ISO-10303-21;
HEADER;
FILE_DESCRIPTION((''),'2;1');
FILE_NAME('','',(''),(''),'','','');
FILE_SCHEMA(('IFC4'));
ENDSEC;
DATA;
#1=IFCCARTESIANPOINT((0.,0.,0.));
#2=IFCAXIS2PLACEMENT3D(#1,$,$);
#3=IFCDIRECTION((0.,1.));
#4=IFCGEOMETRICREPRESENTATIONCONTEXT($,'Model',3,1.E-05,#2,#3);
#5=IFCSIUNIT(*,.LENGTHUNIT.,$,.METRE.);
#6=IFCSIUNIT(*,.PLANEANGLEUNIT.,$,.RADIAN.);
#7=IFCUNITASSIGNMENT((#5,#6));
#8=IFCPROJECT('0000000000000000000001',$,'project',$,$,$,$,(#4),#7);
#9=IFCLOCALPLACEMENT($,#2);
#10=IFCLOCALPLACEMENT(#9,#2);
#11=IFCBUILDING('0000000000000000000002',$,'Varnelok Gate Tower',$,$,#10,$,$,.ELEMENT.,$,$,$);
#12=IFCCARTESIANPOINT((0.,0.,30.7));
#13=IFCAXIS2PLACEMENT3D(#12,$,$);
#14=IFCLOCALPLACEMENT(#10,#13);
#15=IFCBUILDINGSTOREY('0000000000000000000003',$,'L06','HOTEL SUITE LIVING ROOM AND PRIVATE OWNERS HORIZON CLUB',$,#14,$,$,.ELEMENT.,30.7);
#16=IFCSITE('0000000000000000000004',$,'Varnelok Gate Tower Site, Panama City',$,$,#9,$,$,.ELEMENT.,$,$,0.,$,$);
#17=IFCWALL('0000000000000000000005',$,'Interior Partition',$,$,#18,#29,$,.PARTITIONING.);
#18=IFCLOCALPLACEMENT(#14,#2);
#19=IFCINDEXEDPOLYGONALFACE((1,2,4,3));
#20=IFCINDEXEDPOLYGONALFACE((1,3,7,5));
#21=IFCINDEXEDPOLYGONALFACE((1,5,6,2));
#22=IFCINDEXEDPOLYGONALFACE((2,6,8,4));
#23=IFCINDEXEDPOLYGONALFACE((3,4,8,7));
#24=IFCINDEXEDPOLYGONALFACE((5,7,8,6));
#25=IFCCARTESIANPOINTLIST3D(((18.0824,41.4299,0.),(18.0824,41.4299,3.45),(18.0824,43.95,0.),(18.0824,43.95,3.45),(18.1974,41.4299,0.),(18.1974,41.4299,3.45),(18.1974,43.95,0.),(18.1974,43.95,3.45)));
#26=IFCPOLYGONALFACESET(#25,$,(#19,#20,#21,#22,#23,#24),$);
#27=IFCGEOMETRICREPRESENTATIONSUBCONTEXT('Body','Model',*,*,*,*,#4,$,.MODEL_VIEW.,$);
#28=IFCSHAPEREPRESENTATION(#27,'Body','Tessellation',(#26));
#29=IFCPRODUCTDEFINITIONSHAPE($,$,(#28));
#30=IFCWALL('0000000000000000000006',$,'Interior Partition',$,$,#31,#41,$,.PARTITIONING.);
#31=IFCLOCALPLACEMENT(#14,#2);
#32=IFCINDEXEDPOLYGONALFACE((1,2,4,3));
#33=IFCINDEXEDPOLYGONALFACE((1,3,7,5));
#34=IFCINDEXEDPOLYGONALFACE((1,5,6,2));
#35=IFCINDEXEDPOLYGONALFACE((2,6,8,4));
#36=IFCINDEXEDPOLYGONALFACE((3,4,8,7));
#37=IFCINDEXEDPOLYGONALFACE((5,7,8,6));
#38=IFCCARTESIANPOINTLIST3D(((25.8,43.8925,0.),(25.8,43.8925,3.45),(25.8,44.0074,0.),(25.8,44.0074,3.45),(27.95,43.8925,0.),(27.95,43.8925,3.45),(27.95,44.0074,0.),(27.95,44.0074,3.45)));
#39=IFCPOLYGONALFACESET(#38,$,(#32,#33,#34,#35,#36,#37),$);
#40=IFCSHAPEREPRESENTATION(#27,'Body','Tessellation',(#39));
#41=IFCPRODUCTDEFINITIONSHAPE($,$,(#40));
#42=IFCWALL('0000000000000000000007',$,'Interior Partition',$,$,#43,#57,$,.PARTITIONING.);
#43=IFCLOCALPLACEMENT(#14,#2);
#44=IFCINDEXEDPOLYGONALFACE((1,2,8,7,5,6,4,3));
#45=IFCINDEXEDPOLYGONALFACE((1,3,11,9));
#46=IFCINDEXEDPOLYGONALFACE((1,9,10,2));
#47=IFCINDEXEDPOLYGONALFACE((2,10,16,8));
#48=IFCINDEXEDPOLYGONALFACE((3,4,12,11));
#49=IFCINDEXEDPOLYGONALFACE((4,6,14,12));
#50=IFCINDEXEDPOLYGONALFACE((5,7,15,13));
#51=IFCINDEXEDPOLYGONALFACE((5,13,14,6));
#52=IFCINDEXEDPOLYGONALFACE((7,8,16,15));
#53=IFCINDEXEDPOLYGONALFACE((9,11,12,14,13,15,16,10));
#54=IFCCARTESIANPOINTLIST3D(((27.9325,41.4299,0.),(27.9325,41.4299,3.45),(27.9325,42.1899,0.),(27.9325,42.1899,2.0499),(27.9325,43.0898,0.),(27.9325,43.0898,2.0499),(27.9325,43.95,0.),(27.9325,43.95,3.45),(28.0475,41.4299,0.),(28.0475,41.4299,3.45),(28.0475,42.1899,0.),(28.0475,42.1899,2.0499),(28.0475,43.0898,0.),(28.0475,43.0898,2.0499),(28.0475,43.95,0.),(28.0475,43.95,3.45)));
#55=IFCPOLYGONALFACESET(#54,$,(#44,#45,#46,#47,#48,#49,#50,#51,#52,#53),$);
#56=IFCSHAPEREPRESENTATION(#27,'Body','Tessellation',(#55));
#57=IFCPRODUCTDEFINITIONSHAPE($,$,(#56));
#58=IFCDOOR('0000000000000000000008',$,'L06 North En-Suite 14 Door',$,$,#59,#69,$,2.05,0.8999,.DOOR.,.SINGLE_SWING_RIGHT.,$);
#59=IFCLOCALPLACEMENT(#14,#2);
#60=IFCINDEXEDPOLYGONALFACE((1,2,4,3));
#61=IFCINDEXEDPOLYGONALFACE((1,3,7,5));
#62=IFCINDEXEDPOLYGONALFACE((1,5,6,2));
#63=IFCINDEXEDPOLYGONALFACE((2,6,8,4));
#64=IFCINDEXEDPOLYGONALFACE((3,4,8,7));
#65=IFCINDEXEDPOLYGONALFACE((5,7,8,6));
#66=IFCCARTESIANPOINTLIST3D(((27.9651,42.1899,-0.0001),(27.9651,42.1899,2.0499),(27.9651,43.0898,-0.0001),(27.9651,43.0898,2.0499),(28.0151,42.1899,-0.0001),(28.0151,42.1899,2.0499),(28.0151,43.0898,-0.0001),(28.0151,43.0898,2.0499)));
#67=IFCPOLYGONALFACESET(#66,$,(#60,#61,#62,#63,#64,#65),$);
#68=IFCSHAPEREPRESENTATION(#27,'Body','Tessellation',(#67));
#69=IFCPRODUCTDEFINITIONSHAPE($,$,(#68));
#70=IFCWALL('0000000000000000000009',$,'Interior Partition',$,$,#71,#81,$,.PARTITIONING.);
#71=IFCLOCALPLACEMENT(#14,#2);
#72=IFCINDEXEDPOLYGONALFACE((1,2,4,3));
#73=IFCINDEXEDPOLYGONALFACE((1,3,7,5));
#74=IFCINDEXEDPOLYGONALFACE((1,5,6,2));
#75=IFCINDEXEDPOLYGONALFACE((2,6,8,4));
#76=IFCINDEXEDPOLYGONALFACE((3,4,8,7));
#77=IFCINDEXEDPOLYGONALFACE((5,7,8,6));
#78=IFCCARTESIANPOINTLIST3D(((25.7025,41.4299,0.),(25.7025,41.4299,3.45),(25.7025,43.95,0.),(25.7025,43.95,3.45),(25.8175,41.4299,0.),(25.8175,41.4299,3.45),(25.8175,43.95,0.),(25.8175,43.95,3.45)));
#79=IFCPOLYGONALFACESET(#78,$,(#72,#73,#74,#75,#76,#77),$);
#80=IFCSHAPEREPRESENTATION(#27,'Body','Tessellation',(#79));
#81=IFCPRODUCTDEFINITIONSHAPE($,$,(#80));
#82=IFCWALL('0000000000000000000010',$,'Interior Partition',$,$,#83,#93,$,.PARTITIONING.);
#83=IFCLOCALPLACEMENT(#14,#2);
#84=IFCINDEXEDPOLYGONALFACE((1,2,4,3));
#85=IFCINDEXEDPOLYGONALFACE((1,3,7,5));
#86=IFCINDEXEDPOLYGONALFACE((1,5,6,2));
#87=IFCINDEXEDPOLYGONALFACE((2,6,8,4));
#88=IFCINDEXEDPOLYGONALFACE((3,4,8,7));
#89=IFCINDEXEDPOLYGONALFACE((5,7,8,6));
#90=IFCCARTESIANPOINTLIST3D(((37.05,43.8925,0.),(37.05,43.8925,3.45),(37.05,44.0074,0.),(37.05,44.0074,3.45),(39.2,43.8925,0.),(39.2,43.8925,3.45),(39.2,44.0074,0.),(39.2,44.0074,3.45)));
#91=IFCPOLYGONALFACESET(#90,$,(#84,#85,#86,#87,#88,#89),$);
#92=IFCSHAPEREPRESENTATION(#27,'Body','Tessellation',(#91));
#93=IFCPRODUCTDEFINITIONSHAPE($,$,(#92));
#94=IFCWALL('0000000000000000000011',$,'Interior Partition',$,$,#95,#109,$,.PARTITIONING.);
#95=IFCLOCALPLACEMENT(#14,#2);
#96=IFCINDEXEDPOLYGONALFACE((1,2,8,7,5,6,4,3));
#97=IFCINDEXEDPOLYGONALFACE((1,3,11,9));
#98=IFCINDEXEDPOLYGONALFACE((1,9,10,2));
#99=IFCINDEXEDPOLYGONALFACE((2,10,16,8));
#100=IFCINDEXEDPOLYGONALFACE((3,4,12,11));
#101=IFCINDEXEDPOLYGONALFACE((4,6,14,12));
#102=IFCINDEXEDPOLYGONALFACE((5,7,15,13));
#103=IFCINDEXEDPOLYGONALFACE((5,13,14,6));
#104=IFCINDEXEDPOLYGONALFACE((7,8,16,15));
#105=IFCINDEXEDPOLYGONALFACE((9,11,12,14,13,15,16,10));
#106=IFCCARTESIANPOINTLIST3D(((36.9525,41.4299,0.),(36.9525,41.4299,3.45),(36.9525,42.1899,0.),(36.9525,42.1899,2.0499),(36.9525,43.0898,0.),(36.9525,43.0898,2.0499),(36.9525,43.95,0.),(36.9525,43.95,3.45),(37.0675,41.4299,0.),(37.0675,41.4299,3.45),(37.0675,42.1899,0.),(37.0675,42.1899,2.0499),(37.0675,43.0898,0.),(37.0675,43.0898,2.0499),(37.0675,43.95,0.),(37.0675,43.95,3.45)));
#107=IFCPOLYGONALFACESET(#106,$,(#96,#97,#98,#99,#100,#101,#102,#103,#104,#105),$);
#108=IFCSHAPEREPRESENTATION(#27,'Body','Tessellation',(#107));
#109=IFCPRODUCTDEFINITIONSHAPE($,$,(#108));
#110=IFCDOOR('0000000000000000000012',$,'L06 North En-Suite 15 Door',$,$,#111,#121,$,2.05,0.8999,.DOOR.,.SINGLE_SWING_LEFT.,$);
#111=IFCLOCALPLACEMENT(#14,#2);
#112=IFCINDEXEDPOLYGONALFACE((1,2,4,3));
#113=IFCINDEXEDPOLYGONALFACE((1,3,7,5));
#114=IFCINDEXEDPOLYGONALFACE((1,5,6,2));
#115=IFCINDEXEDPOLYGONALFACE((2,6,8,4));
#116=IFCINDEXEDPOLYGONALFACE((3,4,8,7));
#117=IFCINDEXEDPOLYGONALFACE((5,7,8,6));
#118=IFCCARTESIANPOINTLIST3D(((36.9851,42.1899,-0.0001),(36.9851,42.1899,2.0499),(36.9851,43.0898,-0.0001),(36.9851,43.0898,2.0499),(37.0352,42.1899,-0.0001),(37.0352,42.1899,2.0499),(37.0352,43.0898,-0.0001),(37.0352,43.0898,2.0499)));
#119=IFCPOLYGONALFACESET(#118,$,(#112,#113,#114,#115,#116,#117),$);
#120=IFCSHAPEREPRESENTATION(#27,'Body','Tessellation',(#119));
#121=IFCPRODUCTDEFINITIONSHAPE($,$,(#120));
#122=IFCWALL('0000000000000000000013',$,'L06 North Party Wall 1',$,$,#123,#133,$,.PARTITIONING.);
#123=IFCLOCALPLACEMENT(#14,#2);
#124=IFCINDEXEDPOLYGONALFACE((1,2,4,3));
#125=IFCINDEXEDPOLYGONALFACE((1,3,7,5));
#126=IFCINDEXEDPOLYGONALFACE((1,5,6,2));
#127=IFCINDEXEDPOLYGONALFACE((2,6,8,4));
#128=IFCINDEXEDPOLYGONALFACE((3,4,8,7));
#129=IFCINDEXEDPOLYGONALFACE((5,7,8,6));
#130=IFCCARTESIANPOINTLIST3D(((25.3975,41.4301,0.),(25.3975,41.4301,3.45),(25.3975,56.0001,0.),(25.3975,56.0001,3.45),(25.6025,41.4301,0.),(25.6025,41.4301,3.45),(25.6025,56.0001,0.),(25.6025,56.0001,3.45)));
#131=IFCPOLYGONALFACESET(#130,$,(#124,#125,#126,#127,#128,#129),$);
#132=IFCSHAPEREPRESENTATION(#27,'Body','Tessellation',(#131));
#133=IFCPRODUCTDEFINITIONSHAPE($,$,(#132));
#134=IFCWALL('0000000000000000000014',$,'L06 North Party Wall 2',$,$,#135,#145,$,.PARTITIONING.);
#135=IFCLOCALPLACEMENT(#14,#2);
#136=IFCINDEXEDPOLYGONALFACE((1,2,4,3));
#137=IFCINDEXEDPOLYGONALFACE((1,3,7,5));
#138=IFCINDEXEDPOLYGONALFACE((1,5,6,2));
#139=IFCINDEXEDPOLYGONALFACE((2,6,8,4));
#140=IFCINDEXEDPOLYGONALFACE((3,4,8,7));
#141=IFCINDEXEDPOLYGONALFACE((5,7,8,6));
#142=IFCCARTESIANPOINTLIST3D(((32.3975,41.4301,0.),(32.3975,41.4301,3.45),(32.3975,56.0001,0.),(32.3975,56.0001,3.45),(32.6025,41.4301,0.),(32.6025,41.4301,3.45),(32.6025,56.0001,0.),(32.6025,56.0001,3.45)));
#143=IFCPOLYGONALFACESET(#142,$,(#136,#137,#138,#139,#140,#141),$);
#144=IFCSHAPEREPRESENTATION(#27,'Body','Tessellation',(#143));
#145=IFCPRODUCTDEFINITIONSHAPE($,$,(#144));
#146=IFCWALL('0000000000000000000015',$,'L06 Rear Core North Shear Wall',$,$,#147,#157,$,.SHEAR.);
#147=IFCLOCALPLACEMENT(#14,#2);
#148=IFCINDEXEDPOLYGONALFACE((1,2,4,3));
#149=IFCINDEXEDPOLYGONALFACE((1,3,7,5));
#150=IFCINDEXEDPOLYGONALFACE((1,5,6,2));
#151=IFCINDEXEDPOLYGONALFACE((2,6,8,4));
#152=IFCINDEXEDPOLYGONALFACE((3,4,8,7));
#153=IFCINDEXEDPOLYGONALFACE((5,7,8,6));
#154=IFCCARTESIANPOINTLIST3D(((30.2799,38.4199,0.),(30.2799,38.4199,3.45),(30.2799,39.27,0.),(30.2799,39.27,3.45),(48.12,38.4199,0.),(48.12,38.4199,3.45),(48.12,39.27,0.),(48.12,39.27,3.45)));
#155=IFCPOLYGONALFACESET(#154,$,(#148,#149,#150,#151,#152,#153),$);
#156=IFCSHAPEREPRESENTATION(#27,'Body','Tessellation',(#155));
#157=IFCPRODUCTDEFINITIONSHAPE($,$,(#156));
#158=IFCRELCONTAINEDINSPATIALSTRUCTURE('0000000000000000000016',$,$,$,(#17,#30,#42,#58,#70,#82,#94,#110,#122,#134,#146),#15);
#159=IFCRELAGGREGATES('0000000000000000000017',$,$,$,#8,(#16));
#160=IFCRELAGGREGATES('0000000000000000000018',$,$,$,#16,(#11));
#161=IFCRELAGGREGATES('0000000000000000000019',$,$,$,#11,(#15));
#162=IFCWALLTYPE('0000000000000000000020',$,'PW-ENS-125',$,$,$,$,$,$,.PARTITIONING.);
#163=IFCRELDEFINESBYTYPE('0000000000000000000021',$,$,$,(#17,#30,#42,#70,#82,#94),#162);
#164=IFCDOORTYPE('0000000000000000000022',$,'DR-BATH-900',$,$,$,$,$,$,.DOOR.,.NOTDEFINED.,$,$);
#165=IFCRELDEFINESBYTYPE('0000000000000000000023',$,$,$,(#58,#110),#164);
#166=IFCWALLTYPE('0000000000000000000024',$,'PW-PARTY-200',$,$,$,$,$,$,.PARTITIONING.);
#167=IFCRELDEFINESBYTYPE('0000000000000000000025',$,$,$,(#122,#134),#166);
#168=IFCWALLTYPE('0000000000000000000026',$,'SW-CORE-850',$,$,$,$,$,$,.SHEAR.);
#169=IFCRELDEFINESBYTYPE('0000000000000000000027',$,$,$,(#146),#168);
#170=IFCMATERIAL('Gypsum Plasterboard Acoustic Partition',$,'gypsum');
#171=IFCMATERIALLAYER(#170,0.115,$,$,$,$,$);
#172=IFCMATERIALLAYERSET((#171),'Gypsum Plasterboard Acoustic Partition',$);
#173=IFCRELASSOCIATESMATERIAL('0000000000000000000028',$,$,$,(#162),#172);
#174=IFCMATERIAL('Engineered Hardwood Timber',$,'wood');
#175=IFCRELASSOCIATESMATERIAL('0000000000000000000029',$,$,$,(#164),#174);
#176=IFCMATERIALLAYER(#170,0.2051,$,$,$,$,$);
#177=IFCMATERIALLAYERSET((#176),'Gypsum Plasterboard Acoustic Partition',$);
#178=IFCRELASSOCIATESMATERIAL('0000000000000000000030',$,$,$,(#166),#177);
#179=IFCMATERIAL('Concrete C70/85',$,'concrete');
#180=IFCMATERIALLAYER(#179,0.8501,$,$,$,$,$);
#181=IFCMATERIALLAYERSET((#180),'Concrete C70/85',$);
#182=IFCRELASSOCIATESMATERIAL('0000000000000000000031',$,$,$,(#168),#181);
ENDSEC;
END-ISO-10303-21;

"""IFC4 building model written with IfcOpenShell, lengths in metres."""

from ifc_helpers import new_model, si_unit, direction, frame, frame_2d, origin, place, context, subcontext, project, spatial, rectangle, extrude, material, layer, layer_set, type_object, element, fill, save


model = new_model("IFC4")

# Units and contexts
model_context = context("Model", 3, precision=1e-05, world=origin(), true_north=direction((0.0, 1.0)))
body_context = subcontext(model_context, "Body", "Model", "MODEL_VIEW")
ifc_project = project(units=[si_unit("LENGTHUNIT", "METRE"), si_unit("PLANEANGLEUNIT", "RADIAN")], contexts=[model_context])

# Site, building, storey
site_placement = place(None, origin())
site = spatial("IfcSite", under=ifc_project, at=site_placement, Name="Varnelok Gate Tower Site, Panama City", CompositionType="ELEMENT", RefElevation=0.0)
building_placement = place(site_placement, origin())
building = spatial("IfcBuilding", under=site, at=building_placement, Name="Varnelok Gate Tower", CompositionType="ELEMENT")
storey_placement = place(building_placement, frame((0.0, 0.0, 30.7)))
storey = spatial("IfcBuildingStorey", under=building, at=storey_placement, Name="L06", Description="HOTEL SUITE LIVING ROOM AND PRIVATE OWNERS HORIZON CLUB", CompositionType="ELEMENT", Elevation=30.7)

# Shared definitions
ifc_material_1 = material(Name="Concrete C70/85", Category="concrete")

# Shared definitions
ifc_material_2 = material(Name="Gypsum Plasterboard Acoustic Partition", Category="gypsum")
ifc_material_3 = material(Name="Engineered Hardwood Timber", Category="wood")

# Shared definitions
ifc_layer_1 = layer(ifc_material_2, 0.115)
ifc_layer_set_1 = layer_set([ifc_layer_1], Name="Gypsum Plasterboard Acoustic Partition")
wall_type_1 = type_object("IfcWallType", Name="PW-ENS-125", PredefinedType="PARTITIONING", material=ifc_layer_set_1)

# Shared definitions
door_type_1 = type_object("IfcDoorType", Name="DR-BATH-900", OperationType="NOTDEFINED", PredefinedType="DOOR", material=ifc_material_3)

# Walls
wall_1_placement = place(storey_placement, frame((18.1399, 41.4299, 0.0), z_axis=(0.0, 0.0, 1.0), x_axis=(0.0, 1.0, 0.0)))
element("IfcWall", 1, at=wall_1_placement, inside=storey, type_object=wall_type_1, Name="Interior Partition", PredefinedType="PARTITIONING", context=body_context, shape_type="SweptSolid", body=[
    extrude(rectangle(XDim=2.52, YDim=0.115, at=frame_2d((1.26, 0.0))), origin(), (0.0, 0.0, 1.0), 3.45),
])
wall_2_placement = place(storey_placement, frame((25.8, 43.95, 0.0), z_axis=(0.0, 0.0, 1.0), x_axis=(1.0, 0.0, 0.0)))
element("IfcWall", 2, at=wall_2_placement, inside=storey, type_object=wall_type_1, Name="Interior Partition", PredefinedType="PARTITIONING", context=body_context, shape_type="SweptSolid", body=[
    extrude(rectangle(XDim=2.1499, YDim=0.115, at=frame_2d((1.075, 0.0))), origin(), (0.0, 0.0, 1.0), 3.45),
])

# Wall, opening, door
wall_3_placement = place(storey_placement, frame((27.99, 41.4299, 0.0), z_axis=(0.0, 0.0, 1.0), x_axis=(0.0, 1.0, 0.0)))
wall_3 = element("IfcWall", 3, at=wall_3_placement, inside=storey, type_object=wall_type_1, Name="Interior Partition", PredefinedType="PARTITIONING", context=body_context, shape_type="SweptSolid", body=[
    extrude(rectangle(XDim=2.52, YDim=0.115, at=frame_2d((1.26, 0.0))), origin(), (0.0, 0.0, 1.0), 3.45),
])
opening_1_placement = place(wall_3_placement, frame((0.76, 0.0, 0.0)))
opening_1 = element("IfcOpeningElement", 4, at=opening_1_placement, cuts=wall_3, PredefinedType="OPENING", context=body_context, shape_type="SweptSolid", body=[
    extrude(rectangle(XDim=0.8999, YDim=2.05, at=frame_2d((0.45, 1.0249))), frame((0.0, 0.0674, 0.0), z_axis=(0.0, -1.0, 0.0), x_axis=(1.0, 0.0, 0.0)), (0.0, 0.0, 1.0), 0.135),
])
door_1_placement = place(opening_1_placement, origin())
door_1 = element("IfcDoor", 5, at=door_1_placement, inside=storey, type_object=door_type_1, Name="L06 North En-Suite 14 Door", OperationType="SINGLE_SWING_RIGHT", OverallHeight=2.05, OverallWidth=0.8999, PredefinedType="DOOR", context=body_context, shape_type="SweptSolid", body=[
    extrude(rectangle(XDim=0.8999, YDim=2.05, at=frame_2d((0.45, 1.0249))), frame((0.0, 0.0249, 0.0), z_axis=(0.0, -1.0, 0.0), x_axis=(1.0, 0.0, 0.0)), (0.0, 0.0, 1.0), 0.05),
])
fill(opening_1, door_1)

# Walls
wall_4_placement = place(storey_placement, frame((25.76, 41.4299, 0.0), z_axis=(0.0, 0.0, 1.0), x_axis=(0.0, 1.0, 0.0)))
element("IfcWall", 6, at=wall_4_placement, inside=storey, type_object=wall_type_1, Name="Interior Partition", PredefinedType="PARTITIONING", context=body_context, shape_type="SweptSolid", body=[
    extrude(rectangle(XDim=2.52, YDim=0.115, at=frame_2d((1.26, 0.0))), origin(), (0.0, 0.0, 1.0), 3.45),
])
wall_5_placement = place(storey_placement, frame((37.05, 43.95, 0.0), z_axis=(0.0, 0.0, 1.0), x_axis=(1.0, 0.0, 0.0)))
element("IfcWall", 7, at=wall_5_placement, inside=storey, type_object=wall_type_1, Name="Interior Partition", PredefinedType="PARTITIONING", context=body_context, shape_type="SweptSolid", body=[
    extrude(rectangle(XDim=2.1499, YDim=0.115, at=frame_2d((1.075, 0.0))), origin(), (0.0, 0.0, 1.0), 3.45),
])

# Wall, opening, door
wall_6_placement = place(storey_placement, frame((37.01, 41.4299, 0.0), z_axis=(0.0, 0.0, 1.0), x_axis=(0.0, 1.0, 0.0)))
wall_6 = element("IfcWall", 8, at=wall_6_placement, inside=storey, type_object=wall_type_1, Name="Interior Partition", PredefinedType="PARTITIONING", context=body_context, shape_type="SweptSolid", body=[
    extrude(rectangle(XDim=2.52, YDim=0.115, at=frame_2d((1.26, 0.0))), origin(), (0.0, 0.0, 1.0), 3.45),
])
opening_2_placement = place(wall_6_placement, frame((0.76, 0.0, 0.0)))
opening_2 = element("IfcOpeningElement", 9, at=opening_2_placement, cuts=wall_6, PredefinedType="OPENING", context=body_context, shape_type="SweptSolid", body=[
    extrude(rectangle(XDim=0.8999, YDim=2.05, at=frame_2d((0.45, 1.0249))), frame((0.0, 0.0674, 0.0), z_axis=(0.0, -1.0, 0.0), x_axis=(1.0, 0.0, 0.0)), (0.0, 0.0, 1.0), 0.135),
])
door_2_placement = place(opening_2_placement, origin())
door_2 = element("IfcDoor", 10, at=door_2_placement, inside=storey, type_object=door_type_1, Name="L06 North En-Suite 15 Door", OperationType="SINGLE_SWING_LEFT", OverallHeight=2.05, OverallWidth=0.8999, PredefinedType="DOOR", context=body_context, shape_type="SweptSolid", body=[
    extrude(rectangle(XDim=0.8999, YDim=2.05, at=frame_2d((0.45, 1.0249))), frame((0.0, 0.0249, 0.0), z_axis=(0.0, -1.0, 0.0), x_axis=(1.0, 0.0, 0.0)), (0.0, 0.0, 1.0), 0.05),
])
fill(opening_2, door_2)

# Walls
ifc_layer_2 = layer(ifc_material_2, 0.2051)
ifc_layer_set_2 = layer_set([ifc_layer_2], Name="Gypsum Plasterboard Acoustic Partition")
wall_type_2 = type_object("IfcWallType", Name="PW-PARTY-200", PredefinedType="PARTITIONING", material=ifc_layer_set_2)
for number, where, z_axis, x_axis, name in (
    (11, (25.5, 41.4299, 0.0), (0.0, 0.0, 1.0), (0.0, 1.0, 0.0), "L06 North Party Wall 1"),
    (12, (32.5, 41.4299, 0.0), (0.0, 0.0, 1.0), (0.0, 1.0, 0.0), "L06 North Party Wall 2"),
):
    element("IfcWall", number, at=place(storey_placement, frame(where, z_axis=z_axis, x_axis=x_axis)), inside=storey, type_object=wall_type_2, Name=name, PredefinedType="PARTITIONING", context=body_context, shape_type="SweptSolid", body=[
        extrude(rectangle(XDim=14.5701, YDim=0.2051, at=frame_2d((7.2852, 0.0))), origin(), (0.0, 0.0, 1.0), 3.45),
    ])
ifc_layer_3 = layer(ifc_material_1, 0.8501)
ifc_layer_set_3 = layer_set([ifc_layer_3], Name="Concrete C70/85")
wall_type_3 = type_object("IfcWallType", Name="SW-CORE-850", PredefinedType="SHEAR", material=ifc_layer_set_3)
wall_7_placement = place(storey_placement, frame((30.28, 38.845, 0.0), z_axis=(0.0, 0.0, 1.0), x_axis=(1.0, 0.0, 0.0)))
element("IfcWall", 13, at=wall_7_placement, inside=storey, type_object=wall_type_3, Name="L06 Rear Core North Shear Wall", PredefinedType="SHEAR", context=body_context, shape_type="SweptSolid", body=[
    extrude(rectangle(XDim=17.8401, YDim=0.8501, at=frame_2d((8.9199, 0.0))), origin(), (0.0, 0.0, 1.0), 3.45),
])

save(model, "model.ifc")
